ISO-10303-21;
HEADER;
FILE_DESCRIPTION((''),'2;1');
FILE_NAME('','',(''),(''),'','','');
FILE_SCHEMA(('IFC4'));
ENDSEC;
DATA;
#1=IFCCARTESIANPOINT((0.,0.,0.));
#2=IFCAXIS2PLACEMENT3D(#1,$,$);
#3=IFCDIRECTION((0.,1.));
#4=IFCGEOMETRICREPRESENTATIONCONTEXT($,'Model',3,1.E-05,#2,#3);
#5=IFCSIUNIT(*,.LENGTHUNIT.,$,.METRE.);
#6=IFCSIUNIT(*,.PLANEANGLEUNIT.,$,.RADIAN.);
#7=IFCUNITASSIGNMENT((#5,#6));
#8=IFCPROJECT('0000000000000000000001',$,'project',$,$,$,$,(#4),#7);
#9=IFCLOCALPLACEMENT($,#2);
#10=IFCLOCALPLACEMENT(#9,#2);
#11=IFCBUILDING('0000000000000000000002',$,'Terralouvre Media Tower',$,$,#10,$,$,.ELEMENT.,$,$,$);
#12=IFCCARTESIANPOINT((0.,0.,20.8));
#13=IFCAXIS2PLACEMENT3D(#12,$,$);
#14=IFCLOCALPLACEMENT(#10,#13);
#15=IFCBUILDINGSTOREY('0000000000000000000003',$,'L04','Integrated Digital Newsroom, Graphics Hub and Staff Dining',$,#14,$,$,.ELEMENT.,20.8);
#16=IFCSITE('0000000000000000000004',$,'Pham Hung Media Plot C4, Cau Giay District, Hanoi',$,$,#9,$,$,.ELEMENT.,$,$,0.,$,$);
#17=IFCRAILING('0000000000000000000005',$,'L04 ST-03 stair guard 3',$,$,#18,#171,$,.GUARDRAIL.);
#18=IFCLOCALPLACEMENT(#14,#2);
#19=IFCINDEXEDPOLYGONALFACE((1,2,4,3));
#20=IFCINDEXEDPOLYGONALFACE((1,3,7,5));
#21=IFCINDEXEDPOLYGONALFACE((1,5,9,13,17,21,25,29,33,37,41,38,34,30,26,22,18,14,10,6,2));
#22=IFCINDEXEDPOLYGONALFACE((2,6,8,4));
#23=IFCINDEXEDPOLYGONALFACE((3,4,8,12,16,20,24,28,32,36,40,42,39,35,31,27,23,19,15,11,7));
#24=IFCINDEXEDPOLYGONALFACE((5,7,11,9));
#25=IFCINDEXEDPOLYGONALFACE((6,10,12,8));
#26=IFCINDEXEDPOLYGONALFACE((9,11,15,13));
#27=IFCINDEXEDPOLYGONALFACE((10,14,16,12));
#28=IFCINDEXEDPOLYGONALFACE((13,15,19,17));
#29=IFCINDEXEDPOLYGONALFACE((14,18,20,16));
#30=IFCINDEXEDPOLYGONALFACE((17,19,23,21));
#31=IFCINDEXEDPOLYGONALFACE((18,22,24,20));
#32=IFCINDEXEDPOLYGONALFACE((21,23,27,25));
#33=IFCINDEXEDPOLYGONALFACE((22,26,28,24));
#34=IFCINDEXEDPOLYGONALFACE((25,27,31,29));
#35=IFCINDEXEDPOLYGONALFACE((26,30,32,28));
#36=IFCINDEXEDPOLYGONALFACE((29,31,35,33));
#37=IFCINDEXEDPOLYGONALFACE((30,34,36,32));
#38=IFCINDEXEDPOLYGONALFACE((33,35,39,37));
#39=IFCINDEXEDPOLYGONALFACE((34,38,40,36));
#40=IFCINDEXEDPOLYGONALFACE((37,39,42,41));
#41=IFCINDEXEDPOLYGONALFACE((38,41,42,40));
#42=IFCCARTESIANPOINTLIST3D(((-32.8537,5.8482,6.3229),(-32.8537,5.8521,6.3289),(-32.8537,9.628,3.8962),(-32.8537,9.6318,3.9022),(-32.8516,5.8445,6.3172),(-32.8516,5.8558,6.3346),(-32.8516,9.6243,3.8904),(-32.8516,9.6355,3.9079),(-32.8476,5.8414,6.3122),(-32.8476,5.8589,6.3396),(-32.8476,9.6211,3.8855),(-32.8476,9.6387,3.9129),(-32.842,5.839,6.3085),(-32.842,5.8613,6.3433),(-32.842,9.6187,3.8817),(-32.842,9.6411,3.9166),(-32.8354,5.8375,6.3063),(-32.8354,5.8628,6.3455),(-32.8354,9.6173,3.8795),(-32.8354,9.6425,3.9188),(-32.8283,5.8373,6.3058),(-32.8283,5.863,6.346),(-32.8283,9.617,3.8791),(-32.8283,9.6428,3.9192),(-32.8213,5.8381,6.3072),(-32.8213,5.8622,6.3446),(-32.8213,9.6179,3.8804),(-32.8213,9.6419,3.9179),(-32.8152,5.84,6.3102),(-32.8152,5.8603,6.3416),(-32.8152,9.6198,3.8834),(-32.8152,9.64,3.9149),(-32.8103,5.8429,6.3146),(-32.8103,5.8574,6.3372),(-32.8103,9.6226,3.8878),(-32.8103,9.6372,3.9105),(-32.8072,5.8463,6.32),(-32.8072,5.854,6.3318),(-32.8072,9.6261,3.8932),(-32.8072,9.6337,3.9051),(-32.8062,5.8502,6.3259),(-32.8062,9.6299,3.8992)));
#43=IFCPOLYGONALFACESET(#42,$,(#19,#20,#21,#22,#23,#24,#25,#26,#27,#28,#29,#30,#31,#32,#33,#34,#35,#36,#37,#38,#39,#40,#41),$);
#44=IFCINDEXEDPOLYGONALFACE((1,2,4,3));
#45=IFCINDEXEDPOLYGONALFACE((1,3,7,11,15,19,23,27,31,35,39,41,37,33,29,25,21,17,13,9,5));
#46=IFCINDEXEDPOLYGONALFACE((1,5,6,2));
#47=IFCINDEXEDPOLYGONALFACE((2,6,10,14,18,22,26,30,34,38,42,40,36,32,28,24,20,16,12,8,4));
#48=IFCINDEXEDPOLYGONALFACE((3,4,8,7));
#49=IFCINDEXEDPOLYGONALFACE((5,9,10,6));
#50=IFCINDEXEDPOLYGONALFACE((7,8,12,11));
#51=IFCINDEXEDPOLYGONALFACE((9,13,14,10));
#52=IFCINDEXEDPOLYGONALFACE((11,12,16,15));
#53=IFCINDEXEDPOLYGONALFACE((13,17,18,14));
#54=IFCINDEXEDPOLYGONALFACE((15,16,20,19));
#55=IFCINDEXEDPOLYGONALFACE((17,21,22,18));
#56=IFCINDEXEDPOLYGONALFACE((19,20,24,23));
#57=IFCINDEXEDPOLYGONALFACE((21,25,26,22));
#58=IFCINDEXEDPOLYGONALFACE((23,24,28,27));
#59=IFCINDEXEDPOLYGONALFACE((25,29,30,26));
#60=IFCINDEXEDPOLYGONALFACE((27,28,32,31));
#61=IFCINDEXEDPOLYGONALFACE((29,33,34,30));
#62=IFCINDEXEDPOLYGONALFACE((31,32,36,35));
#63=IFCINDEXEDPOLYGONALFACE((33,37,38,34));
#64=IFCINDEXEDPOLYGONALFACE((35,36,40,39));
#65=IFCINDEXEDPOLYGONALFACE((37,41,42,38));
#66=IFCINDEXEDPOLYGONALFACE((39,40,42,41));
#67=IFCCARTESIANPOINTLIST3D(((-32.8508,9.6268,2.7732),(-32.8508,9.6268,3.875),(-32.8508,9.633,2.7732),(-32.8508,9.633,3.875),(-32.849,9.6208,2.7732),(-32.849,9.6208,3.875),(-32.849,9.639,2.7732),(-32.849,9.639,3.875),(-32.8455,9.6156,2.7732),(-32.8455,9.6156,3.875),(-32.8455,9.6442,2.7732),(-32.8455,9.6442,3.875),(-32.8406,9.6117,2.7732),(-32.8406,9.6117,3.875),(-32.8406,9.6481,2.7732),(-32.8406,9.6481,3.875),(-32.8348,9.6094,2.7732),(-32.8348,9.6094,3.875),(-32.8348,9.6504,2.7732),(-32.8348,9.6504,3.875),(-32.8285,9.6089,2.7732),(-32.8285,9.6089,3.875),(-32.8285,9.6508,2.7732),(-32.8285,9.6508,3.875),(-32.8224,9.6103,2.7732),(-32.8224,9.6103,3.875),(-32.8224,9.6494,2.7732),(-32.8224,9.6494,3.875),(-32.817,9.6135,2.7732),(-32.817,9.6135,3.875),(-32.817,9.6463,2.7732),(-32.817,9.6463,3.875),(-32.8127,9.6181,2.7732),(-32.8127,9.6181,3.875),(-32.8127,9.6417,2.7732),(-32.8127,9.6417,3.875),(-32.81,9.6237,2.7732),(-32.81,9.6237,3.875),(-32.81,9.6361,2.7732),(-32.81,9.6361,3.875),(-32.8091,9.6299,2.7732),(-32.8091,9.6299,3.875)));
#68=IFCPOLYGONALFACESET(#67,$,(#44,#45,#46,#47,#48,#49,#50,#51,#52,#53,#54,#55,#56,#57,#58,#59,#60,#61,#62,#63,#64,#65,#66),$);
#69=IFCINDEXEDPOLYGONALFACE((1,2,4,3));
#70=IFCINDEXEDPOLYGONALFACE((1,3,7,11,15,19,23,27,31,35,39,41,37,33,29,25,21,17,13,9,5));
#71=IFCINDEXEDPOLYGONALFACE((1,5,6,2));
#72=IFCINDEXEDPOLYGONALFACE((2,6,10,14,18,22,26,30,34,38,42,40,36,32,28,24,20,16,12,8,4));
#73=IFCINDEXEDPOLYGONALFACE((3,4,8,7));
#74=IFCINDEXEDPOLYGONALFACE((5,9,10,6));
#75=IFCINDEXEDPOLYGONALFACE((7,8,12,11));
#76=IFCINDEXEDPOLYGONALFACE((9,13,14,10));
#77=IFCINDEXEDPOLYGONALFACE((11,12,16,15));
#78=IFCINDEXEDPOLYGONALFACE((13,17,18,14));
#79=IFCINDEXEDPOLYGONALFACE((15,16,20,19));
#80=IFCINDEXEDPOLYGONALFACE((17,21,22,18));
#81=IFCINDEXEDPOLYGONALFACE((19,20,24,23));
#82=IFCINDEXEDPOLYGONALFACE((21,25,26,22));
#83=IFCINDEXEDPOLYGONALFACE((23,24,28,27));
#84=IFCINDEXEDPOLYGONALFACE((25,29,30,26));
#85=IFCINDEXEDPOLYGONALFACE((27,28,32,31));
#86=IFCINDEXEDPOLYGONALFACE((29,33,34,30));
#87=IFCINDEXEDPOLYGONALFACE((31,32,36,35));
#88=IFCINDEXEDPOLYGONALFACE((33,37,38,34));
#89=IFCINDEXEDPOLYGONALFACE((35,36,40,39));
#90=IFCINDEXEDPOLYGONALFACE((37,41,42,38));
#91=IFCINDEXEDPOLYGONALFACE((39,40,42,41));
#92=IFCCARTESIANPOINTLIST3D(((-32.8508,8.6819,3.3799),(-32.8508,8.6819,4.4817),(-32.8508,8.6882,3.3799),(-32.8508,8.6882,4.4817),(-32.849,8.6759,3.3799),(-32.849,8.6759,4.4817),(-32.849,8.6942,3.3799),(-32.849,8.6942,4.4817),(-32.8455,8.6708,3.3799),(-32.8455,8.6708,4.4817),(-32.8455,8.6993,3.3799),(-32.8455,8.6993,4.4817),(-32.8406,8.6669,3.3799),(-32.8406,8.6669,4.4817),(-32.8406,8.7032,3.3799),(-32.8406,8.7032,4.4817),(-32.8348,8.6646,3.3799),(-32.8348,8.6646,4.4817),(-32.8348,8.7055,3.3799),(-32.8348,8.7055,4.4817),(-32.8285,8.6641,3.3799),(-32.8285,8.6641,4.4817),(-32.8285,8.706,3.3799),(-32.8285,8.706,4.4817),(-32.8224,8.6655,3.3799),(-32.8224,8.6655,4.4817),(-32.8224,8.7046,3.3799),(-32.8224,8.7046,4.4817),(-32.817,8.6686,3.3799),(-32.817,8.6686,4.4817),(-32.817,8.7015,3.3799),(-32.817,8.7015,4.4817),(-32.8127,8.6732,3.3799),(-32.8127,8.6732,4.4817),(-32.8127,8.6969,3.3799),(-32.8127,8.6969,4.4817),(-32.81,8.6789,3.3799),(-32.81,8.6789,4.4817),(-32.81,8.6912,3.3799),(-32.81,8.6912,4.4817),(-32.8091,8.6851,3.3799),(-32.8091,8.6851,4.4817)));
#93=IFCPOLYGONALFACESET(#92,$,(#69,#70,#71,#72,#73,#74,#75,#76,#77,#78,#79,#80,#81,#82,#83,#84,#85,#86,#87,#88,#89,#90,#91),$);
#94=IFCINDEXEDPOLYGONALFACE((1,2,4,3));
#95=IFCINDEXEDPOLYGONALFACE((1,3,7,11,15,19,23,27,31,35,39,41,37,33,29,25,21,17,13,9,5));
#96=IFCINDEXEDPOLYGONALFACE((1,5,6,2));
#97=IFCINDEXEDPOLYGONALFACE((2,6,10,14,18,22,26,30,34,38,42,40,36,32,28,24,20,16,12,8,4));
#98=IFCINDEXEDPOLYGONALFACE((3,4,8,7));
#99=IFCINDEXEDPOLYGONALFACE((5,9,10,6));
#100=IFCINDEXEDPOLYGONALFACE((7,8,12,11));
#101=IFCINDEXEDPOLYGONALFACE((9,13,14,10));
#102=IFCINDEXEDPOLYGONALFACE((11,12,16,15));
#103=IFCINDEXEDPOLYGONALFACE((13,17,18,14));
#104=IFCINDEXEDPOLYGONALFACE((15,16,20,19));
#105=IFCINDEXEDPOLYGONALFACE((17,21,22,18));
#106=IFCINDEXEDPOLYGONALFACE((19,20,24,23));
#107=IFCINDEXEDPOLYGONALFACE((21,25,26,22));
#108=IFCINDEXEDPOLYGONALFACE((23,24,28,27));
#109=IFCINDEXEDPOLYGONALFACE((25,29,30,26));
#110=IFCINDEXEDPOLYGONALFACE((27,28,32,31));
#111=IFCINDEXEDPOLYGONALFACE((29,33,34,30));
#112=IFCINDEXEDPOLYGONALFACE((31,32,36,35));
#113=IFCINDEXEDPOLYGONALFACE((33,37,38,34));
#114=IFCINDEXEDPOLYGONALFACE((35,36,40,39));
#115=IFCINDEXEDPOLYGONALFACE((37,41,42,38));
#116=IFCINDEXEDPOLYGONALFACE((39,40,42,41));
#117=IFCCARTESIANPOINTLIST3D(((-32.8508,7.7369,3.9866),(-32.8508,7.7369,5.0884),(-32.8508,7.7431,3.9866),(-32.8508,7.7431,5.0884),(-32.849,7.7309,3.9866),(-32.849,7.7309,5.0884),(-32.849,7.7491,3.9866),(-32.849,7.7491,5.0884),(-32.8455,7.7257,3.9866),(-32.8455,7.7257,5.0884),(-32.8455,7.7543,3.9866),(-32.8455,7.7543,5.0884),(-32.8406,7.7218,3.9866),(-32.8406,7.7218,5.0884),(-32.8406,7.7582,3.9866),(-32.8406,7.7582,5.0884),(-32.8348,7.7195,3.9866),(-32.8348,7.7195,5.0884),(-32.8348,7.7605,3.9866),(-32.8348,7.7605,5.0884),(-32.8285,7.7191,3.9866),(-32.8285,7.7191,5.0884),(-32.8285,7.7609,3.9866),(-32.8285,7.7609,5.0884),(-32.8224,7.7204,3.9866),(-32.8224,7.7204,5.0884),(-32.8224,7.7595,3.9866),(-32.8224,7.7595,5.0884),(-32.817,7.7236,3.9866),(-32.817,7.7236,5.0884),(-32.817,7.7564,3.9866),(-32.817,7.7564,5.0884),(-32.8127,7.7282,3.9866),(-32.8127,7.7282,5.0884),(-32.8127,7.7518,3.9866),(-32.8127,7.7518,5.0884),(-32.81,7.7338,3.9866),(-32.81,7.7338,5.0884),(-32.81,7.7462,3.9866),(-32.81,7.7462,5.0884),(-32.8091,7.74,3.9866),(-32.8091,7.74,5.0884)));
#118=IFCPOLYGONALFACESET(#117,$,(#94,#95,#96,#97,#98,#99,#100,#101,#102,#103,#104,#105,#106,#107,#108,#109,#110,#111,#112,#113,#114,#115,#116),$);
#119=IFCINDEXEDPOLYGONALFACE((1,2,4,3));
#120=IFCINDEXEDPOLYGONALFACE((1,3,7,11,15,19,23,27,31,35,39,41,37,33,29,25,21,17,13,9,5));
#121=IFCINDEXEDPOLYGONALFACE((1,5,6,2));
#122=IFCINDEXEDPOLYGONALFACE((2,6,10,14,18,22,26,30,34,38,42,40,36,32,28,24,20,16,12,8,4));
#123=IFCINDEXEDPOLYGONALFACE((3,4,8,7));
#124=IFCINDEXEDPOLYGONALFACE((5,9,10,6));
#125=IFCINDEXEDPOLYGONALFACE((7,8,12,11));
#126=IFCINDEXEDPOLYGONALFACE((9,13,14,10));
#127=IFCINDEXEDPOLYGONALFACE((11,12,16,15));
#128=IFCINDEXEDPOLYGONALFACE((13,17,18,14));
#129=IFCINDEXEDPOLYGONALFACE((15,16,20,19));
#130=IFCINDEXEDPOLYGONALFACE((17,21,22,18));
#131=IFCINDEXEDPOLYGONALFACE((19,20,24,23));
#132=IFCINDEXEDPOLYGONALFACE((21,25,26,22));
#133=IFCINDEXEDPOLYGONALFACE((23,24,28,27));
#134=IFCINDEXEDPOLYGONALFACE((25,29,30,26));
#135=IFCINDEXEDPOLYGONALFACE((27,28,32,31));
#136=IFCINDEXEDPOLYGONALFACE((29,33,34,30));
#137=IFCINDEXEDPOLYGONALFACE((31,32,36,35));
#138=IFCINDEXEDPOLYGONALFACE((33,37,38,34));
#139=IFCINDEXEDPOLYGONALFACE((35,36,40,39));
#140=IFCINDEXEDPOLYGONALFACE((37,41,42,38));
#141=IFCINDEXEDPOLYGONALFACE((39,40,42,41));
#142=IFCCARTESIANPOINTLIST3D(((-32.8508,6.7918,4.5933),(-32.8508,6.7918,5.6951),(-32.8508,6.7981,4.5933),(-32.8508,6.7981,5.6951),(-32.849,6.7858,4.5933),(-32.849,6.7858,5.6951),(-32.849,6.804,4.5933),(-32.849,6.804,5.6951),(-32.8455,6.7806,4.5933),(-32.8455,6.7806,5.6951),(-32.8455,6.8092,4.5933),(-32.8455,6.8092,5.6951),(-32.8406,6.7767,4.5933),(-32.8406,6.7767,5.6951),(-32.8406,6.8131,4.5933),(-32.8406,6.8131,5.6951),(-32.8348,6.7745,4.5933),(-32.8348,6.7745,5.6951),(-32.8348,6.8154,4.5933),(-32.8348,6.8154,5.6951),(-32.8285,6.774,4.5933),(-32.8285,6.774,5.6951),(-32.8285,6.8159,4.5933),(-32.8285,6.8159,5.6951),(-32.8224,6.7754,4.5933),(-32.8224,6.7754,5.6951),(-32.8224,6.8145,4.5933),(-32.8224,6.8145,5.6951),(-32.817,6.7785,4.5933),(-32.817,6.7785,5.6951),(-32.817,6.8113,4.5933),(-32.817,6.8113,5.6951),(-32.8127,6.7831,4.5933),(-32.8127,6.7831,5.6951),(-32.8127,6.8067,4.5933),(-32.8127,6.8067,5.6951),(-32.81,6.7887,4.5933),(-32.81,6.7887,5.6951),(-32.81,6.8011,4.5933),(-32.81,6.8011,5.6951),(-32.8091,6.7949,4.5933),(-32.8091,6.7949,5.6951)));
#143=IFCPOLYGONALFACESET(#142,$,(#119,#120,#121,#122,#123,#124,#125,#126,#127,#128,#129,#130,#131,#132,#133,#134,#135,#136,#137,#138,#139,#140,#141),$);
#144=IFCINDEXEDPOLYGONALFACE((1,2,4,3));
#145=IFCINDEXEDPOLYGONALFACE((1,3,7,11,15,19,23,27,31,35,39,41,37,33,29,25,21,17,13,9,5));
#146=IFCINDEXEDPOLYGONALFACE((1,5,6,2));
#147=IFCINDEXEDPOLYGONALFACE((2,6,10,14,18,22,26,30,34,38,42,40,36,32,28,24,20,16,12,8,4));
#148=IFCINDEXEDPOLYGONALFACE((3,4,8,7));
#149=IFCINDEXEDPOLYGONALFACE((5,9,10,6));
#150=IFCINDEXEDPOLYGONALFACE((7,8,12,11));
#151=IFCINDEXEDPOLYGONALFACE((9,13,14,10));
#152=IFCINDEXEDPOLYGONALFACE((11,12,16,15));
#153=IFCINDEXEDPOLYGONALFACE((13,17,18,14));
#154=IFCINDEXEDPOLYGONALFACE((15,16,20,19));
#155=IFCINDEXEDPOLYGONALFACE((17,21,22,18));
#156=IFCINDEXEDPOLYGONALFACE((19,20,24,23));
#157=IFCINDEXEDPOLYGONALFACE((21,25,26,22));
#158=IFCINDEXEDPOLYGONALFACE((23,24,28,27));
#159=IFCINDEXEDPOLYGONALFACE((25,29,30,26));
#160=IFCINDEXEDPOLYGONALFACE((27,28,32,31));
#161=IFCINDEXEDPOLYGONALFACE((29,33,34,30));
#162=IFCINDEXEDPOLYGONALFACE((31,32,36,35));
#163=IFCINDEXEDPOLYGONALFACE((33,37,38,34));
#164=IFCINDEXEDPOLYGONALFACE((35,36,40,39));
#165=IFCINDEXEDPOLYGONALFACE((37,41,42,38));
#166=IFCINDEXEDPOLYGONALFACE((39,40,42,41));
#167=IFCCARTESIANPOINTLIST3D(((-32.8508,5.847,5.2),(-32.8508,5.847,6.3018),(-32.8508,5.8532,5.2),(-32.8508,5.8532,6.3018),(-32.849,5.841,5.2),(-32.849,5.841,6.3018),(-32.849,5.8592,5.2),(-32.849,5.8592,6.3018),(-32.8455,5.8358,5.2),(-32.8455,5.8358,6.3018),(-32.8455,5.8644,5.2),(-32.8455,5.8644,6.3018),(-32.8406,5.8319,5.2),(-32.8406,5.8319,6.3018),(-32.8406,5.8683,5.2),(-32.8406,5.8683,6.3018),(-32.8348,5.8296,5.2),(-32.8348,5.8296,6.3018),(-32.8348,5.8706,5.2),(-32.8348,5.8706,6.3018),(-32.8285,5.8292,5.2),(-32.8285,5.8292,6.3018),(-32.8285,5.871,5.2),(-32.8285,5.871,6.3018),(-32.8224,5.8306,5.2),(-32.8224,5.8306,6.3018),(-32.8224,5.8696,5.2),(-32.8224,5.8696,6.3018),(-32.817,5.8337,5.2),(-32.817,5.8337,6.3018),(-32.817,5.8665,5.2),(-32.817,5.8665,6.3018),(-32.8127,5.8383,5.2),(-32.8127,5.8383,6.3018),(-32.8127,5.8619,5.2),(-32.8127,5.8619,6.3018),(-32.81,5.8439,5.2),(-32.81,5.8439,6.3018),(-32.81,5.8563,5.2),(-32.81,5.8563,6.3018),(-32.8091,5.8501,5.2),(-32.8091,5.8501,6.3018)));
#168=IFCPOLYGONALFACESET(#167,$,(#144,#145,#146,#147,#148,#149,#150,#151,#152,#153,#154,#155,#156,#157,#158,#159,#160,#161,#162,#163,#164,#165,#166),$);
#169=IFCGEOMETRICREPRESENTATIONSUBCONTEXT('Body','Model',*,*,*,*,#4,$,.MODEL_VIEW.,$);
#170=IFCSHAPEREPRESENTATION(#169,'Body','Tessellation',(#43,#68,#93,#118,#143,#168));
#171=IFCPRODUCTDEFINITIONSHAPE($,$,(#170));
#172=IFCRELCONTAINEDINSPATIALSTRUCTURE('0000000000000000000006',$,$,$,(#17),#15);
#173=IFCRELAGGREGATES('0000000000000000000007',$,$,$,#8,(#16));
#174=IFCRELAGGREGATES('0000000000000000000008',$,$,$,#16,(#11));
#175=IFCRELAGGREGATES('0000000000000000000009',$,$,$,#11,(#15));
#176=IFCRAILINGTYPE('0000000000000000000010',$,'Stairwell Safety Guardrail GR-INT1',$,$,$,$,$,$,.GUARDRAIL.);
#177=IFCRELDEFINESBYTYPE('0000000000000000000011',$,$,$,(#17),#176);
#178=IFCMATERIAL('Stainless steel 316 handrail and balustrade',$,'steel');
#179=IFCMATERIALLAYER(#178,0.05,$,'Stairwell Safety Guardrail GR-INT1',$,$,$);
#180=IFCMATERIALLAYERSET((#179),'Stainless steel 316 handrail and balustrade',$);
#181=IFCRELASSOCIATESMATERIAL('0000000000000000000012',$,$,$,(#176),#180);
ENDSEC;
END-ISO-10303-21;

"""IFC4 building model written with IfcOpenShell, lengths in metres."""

from ifc_helpers import new_model, si_unit, direction, frame, origin, origin_2d, place, context, subcontext, project, spatial, circle, extrude, material, layer, layer_set, type_object, element, save


model = new_model("IFC4")

# Units and contexts
model_context = context("Model", 3, precision=1e-05, world=origin(), true_north=direction((0.0, 1.0)))
body_context = subcontext(model_context, "Body", "Model", "MODEL_VIEW")
ifc_project = project(units=[si_unit("LENGTHUNIT", "METRE"), si_unit("PLANEANGLEUNIT", "RADIAN")], contexts=[model_context])

# Site, building, storey
site_placement = place(None, origin())
site = spatial("IfcSite", under=ifc_project, at=site_placement, Name="Pham Hung Media Plot C4, Cau Giay District, Hanoi", CompositionType="ELEMENT", RefElevation=0.0)
building_placement = place(site_placement, origin())
building = spatial("IfcBuilding", under=site, at=building_placement, Name="Terralouvre Media Tower", CompositionType="ELEMENT")
storey_placement = place(building_placement, frame((0.0, 0.0, 20.8)))
storey = spatial("IfcBuildingStorey", under=building, at=storey_placement, Name="L04", Description="Integrated Digital Newsroom, Graphics Hub and Staff Dining", CompositionType="ELEMENT", Elevation=20.8)

# Railing
ifc_material_1 = material(Name="Stainless steel 316 handrail and balustrade", Category="steel")
ifc_layer_1 = layer(ifc_material_1, 0.05, Name="Stairwell Safety Guardrail GR-INT1")
ifc_layer_set_1 = layer_set([ifc_layer_1], Name="Stainless steel 316 handrail and balustrade")
railing_type_1 = type_object("IfcRailingType", Name="Stairwell Safety Guardrail GR-INT1", PredefinedType="GUARDRAIL", material=ifc_layer_set_1)
railing_1_placement = place(storey_placement, frame((-32.8301, 9.6299, 2.7732)))
element("IfcRailing", 1, at=railing_1_placement, inside=storey, type_object=railing_type_1, Name="L04 ST-03 stair guard 3", PredefinedType="GUARDRAIL", context=body_context, shape_type="SweptSolid", body=[
    extrude(circle(Radius=0.0239, at=origin_2d()), frame((0.0, 0.0, 1.126), z_axis=(0.0, -0.841493, 0.540269), x_axis=(1.0, 0.0, 0.0)), (0.0, 0.0, 1.0), 4.4917),
    extrude(circle(Radius=0.021, at=origin_2d()), origin(), (0.0, 0.0, 1.0), 1.1018),
    extrude(circle(Radius=0.021, at=origin_2d()), frame((0.0, -0.9448, 0.6067)), (0.0, 0.0, 1.0), 1.1018),
    extrude(circle(Radius=0.021, at=origin_2d()), frame((0.0, -1.8899, 1.2134)), (0.0, 0.0, 1.0), 1.1018),
    extrude(circle(Radius=0.021, at=origin_2d()), frame((0.0, -2.835, 1.8201)), (0.0, 0.0, 1.0), 1.1018),
    extrude(circle(Radius=0.021, at=origin_2d()), frame((0.0, -3.7798, 2.4268)), (0.0, 0.0, 1.0), 1.1018),
])

save(model, "model.ifc")
